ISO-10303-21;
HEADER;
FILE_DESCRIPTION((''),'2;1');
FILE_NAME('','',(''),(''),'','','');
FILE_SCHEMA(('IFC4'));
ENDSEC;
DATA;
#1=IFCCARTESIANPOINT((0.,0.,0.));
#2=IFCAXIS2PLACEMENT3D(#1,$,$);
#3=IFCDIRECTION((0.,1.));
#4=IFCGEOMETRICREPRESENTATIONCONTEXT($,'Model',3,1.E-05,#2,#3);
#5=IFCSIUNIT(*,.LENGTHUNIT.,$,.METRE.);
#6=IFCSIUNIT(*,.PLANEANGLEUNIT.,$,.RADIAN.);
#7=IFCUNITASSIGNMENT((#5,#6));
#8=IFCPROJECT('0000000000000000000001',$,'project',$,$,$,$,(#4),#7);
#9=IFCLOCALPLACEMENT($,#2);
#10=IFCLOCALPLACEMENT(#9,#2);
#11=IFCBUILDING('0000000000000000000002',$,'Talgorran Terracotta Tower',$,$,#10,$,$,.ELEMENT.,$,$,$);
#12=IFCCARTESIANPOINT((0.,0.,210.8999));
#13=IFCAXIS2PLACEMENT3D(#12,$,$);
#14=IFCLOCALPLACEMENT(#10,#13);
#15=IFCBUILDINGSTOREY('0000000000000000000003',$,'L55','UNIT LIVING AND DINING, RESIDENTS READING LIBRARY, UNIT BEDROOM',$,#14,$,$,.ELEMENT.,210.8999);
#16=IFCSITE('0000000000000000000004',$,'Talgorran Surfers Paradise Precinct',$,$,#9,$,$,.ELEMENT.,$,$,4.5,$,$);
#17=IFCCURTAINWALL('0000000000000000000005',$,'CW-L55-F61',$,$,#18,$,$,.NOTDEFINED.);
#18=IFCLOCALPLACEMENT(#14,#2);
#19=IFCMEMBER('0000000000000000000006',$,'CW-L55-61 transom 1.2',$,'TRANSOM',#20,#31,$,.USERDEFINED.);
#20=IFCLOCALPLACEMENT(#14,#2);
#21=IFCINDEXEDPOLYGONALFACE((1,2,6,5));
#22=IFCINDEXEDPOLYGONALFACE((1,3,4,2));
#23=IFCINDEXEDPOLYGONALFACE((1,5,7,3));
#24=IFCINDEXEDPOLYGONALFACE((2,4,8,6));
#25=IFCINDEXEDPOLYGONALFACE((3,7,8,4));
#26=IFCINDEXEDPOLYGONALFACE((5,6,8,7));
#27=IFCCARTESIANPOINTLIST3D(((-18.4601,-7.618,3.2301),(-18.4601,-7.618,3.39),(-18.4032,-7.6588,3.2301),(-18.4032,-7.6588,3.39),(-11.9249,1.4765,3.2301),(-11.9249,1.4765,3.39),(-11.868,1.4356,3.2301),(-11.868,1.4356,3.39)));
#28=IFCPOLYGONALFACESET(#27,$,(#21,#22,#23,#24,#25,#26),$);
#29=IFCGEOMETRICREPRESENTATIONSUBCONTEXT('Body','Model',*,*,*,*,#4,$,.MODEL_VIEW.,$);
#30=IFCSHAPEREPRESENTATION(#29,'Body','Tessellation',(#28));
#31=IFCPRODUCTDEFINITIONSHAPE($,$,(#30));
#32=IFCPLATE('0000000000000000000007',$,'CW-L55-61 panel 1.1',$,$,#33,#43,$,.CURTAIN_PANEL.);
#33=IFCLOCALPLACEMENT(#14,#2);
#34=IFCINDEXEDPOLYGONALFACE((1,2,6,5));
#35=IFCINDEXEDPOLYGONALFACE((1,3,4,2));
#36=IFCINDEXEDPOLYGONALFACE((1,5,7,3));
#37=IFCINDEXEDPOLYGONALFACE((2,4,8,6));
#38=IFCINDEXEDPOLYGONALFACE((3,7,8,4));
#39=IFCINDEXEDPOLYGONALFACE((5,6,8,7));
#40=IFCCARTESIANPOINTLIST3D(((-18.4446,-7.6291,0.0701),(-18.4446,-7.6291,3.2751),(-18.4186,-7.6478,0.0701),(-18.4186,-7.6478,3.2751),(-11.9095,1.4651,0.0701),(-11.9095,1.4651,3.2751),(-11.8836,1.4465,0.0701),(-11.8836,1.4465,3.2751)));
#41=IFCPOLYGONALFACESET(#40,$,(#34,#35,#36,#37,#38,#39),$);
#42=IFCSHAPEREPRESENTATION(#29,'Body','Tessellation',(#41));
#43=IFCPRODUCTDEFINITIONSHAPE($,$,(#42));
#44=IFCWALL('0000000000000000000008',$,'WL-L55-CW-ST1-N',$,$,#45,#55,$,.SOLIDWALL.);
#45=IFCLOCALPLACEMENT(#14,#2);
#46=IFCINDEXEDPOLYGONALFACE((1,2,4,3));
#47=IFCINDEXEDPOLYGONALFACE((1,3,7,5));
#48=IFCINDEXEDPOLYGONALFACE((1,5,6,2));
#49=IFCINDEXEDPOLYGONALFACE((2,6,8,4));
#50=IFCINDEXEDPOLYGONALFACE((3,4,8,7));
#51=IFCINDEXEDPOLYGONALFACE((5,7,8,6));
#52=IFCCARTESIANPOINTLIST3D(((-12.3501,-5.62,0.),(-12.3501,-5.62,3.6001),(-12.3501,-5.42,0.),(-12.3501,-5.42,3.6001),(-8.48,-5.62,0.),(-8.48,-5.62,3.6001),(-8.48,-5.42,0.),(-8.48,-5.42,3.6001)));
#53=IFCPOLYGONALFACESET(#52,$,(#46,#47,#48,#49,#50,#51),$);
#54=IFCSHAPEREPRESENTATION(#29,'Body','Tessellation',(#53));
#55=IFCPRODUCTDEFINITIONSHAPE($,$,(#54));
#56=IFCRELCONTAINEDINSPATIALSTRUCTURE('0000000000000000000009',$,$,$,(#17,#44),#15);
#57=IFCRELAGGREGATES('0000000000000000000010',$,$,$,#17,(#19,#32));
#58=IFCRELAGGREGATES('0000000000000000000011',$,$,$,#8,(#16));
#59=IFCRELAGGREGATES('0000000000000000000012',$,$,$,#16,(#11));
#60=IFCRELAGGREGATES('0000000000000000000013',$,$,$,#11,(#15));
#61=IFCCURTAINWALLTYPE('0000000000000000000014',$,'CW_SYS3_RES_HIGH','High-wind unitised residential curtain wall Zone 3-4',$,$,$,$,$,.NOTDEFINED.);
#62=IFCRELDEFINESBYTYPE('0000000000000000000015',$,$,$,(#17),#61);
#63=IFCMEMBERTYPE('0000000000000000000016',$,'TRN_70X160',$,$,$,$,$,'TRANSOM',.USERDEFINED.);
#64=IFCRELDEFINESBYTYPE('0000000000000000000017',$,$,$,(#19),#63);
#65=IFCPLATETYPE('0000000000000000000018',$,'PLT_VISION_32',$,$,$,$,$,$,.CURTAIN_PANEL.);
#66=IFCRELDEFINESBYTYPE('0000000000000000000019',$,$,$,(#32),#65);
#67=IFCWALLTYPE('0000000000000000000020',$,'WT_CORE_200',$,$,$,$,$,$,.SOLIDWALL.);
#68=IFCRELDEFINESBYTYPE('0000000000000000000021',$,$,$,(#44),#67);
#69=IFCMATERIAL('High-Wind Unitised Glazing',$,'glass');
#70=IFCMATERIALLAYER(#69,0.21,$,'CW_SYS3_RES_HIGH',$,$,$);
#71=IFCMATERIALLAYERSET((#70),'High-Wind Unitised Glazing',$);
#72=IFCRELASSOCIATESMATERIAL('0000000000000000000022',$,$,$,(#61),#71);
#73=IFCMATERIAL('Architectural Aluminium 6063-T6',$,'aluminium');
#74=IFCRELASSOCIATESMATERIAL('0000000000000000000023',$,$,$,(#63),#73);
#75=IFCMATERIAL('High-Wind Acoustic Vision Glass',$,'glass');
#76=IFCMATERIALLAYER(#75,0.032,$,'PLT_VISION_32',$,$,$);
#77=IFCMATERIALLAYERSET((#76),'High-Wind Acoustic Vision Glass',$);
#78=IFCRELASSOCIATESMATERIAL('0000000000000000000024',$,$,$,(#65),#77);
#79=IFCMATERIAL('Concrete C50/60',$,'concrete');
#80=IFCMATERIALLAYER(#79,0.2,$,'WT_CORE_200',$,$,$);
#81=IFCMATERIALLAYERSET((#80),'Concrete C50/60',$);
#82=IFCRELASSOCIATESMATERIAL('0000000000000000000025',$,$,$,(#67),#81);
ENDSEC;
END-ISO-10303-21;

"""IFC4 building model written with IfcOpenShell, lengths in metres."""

from ifc_helpers import new_model, si_unit, direction, frame, frame_2d, origin, origin_2d, place, context, subcontext, project, spatial, rectangle, extrude, source, transform, mapped, material, layer, layer_set, material_profile, profile_set, type_object, type_shapes, element, aggregate, save


model = new_model("IFC4")

# Units and contexts
model_context = context("Model", 3, precision=1e-05, world=origin(), true_north=direction((0.0, 1.0)))
body_context = subcontext(model_context, "Body", "Model", "MODEL_VIEW")
ifc_project = project(units=[si_unit("LENGTHUNIT", "METRE"), si_unit("PLANEANGLEUNIT", "RADIAN")], contexts=[model_context])

# Site, building, storey
site_placement = place(None, origin())
site = spatial("IfcSite", under=ifc_project, at=site_placement, Name="Talgorran Surfers Paradise Precinct", CompositionType="ELEMENT", RefElevation=4.5)
building_placement = place(site_placement, origin())
building = spatial("IfcBuilding", under=site, at=building_placement, Name="Talgorran Terracotta Tower", CompositionType="ELEMENT")
storey_placement = place(building_placement, frame((0.0, 0.0, 210.8999)))
storey = spatial("IfcBuildingStorey", under=building, at=storey_placement, Name="L55", Description="UNIT LIVING AND DINING, RESIDENTS READING LIBRARY, UNIT BEDROOM", CompositionType="ELEMENT", Elevation=210.8999)

# Curtain wall, member, plate
ifc_material_1 = material(Name="High-Wind Unitised Glazing", Category="glass")
ifc_layer_1 = layer(ifc_material_1, 0.21, Name="CW_SYS3_RES_HIGH")
ifc_layer_set_1 = layer_set([ifc_layer_1], Name="High-Wind Unitised Glazing")
curtain_wall_type = type_object("IfcCurtainWallType", Name="CW_SYS3_RES_HIGH", Description="High-wind unitised residential curtain wall Zone 3-4", PredefinedType="NOTDEFINED", material=ifc_layer_set_1)
curtain_wall_placement = place(storey_placement, origin())
curtain_wall = element("IfcCurtainWall", 1, at=curtain_wall_placement, inside=storey, type_object=curtain_wall_type, Name="CW-L55-F61", PredefinedType="NOTDEFINED")
ifc_material_2 = material(Name="Architectural Aluminium 6063-T6", Category="aluminium")
ifc_material_profile_1 = material_profile(ifc_material_2, rectangle(XDim=0.0701, YDim=0.1599, at=origin_2d()), Name="CWT70X160")
ifc_profile_set_1 = profile_set([ifc_material_profile_1], Name="Architectural Aluminium 6063-T6")
member_type_1 = type_object("IfcMemberType", Name="TRN_70X160", ElementType="TRANSOM", PredefinedType="USERDEFINED", material=ifc_profile_set_1)
member_1_placement = place(storey_placement, frame((-11.8965, 1.4561, 3.3101), z_axis=(-0.583548, -0.812079, 0.0), x_axis=(0.812079, -0.583548, 0.0)))
member_1 = element("IfcMember", 2, at=member_1_placement, type_object=member_type_1, Name="CW-L55-61 transom 1.2", ObjectType="TRANSOM", PredefinedType="USERDEFINED", context=body_context, shape_type="SweptSolid", body=[
    extrude(rectangle(XDim=0.0701, YDim=0.1599, at=origin_2d()), origin(), (0.0, 0.0, 1.0), 11.199),
])
ifc_material_3 = material(Name="High-Wind Acoustic Vision Glass", Category="glass")
ifc_layer_2 = layer(ifc_material_3, 0.032, Name="PLT_VISION_32")
ifc_layer_set_2 = layer_set([ifc_layer_2], Name="High-Wind Acoustic Vision Glass")
plate_type = type_object("IfcPlateType", Name="PLT_VISION_32", PredefinedType="CURTAIN_PANEL", material=ifc_layer_set_2)
shared_shape = source(origin(), body_context, "Body", "SweptSolid", [
    extrude(rectangle(XDim=11.1987, YDim=0.032, at=origin_2d()), origin(), (0.0, 0.0, 1.0), 3.2051),
])
type_shapes(plate_type, [shared_shape])
plate_placement = place(storey_placement, frame((-15.1641, -3.0913, 0.0701), z_axis=(0.0, 0.0, 1.0), x_axis=(-0.583552, -0.812076, 0.0)))
plate = element("IfcPlate", 3, at=plate_placement, type_object=plate_type, Name="CW-L55-61 panel 1.1", PredefinedType="CURTAIN_PANEL", context=body_context, shape_type="MappedRepresentation", body=[
    mapped(shared_shape, transform((0.0, 0.0, 0.0), scale=1.0)),
])
aggregate(curtain_wall, [member_1, plate])

# Wall
ifc_material_4 = material(Name="Concrete C50/60", Category="concrete")
ifc_layer_3 = layer(ifc_material_4, 0.2, Name="WT_CORE_200")
ifc_layer_set_3 = layer_set([ifc_layer_3], Name="Concrete C50/60")
wall_type_1 = type_object("IfcWallType", Name="WT_CORE_200", PredefinedType="SOLIDWALL", material=ifc_layer_set_3)
wall_1_placement = place(storey_placement, frame((-12.3501, -5.52, 0.0), z_axis=(0.0, 0.0, 1.0), x_axis=(1.0, 0.0, 0.0)))
element("IfcWall", 4, at=wall_1_placement, inside=storey, type_object=wall_type_1, Name="WL-L55-CW-ST1-N", PredefinedType="SOLIDWALL", context=body_context, shape_type="SweptSolid", body=[
    extrude(rectangle(XDim=3.8701, YDim=0.2, at=frame_2d((1.9351, 0.0))), origin(), (0.0, 0.0, 1.0), 3.6001),
])

save(model, "model.ifc")
